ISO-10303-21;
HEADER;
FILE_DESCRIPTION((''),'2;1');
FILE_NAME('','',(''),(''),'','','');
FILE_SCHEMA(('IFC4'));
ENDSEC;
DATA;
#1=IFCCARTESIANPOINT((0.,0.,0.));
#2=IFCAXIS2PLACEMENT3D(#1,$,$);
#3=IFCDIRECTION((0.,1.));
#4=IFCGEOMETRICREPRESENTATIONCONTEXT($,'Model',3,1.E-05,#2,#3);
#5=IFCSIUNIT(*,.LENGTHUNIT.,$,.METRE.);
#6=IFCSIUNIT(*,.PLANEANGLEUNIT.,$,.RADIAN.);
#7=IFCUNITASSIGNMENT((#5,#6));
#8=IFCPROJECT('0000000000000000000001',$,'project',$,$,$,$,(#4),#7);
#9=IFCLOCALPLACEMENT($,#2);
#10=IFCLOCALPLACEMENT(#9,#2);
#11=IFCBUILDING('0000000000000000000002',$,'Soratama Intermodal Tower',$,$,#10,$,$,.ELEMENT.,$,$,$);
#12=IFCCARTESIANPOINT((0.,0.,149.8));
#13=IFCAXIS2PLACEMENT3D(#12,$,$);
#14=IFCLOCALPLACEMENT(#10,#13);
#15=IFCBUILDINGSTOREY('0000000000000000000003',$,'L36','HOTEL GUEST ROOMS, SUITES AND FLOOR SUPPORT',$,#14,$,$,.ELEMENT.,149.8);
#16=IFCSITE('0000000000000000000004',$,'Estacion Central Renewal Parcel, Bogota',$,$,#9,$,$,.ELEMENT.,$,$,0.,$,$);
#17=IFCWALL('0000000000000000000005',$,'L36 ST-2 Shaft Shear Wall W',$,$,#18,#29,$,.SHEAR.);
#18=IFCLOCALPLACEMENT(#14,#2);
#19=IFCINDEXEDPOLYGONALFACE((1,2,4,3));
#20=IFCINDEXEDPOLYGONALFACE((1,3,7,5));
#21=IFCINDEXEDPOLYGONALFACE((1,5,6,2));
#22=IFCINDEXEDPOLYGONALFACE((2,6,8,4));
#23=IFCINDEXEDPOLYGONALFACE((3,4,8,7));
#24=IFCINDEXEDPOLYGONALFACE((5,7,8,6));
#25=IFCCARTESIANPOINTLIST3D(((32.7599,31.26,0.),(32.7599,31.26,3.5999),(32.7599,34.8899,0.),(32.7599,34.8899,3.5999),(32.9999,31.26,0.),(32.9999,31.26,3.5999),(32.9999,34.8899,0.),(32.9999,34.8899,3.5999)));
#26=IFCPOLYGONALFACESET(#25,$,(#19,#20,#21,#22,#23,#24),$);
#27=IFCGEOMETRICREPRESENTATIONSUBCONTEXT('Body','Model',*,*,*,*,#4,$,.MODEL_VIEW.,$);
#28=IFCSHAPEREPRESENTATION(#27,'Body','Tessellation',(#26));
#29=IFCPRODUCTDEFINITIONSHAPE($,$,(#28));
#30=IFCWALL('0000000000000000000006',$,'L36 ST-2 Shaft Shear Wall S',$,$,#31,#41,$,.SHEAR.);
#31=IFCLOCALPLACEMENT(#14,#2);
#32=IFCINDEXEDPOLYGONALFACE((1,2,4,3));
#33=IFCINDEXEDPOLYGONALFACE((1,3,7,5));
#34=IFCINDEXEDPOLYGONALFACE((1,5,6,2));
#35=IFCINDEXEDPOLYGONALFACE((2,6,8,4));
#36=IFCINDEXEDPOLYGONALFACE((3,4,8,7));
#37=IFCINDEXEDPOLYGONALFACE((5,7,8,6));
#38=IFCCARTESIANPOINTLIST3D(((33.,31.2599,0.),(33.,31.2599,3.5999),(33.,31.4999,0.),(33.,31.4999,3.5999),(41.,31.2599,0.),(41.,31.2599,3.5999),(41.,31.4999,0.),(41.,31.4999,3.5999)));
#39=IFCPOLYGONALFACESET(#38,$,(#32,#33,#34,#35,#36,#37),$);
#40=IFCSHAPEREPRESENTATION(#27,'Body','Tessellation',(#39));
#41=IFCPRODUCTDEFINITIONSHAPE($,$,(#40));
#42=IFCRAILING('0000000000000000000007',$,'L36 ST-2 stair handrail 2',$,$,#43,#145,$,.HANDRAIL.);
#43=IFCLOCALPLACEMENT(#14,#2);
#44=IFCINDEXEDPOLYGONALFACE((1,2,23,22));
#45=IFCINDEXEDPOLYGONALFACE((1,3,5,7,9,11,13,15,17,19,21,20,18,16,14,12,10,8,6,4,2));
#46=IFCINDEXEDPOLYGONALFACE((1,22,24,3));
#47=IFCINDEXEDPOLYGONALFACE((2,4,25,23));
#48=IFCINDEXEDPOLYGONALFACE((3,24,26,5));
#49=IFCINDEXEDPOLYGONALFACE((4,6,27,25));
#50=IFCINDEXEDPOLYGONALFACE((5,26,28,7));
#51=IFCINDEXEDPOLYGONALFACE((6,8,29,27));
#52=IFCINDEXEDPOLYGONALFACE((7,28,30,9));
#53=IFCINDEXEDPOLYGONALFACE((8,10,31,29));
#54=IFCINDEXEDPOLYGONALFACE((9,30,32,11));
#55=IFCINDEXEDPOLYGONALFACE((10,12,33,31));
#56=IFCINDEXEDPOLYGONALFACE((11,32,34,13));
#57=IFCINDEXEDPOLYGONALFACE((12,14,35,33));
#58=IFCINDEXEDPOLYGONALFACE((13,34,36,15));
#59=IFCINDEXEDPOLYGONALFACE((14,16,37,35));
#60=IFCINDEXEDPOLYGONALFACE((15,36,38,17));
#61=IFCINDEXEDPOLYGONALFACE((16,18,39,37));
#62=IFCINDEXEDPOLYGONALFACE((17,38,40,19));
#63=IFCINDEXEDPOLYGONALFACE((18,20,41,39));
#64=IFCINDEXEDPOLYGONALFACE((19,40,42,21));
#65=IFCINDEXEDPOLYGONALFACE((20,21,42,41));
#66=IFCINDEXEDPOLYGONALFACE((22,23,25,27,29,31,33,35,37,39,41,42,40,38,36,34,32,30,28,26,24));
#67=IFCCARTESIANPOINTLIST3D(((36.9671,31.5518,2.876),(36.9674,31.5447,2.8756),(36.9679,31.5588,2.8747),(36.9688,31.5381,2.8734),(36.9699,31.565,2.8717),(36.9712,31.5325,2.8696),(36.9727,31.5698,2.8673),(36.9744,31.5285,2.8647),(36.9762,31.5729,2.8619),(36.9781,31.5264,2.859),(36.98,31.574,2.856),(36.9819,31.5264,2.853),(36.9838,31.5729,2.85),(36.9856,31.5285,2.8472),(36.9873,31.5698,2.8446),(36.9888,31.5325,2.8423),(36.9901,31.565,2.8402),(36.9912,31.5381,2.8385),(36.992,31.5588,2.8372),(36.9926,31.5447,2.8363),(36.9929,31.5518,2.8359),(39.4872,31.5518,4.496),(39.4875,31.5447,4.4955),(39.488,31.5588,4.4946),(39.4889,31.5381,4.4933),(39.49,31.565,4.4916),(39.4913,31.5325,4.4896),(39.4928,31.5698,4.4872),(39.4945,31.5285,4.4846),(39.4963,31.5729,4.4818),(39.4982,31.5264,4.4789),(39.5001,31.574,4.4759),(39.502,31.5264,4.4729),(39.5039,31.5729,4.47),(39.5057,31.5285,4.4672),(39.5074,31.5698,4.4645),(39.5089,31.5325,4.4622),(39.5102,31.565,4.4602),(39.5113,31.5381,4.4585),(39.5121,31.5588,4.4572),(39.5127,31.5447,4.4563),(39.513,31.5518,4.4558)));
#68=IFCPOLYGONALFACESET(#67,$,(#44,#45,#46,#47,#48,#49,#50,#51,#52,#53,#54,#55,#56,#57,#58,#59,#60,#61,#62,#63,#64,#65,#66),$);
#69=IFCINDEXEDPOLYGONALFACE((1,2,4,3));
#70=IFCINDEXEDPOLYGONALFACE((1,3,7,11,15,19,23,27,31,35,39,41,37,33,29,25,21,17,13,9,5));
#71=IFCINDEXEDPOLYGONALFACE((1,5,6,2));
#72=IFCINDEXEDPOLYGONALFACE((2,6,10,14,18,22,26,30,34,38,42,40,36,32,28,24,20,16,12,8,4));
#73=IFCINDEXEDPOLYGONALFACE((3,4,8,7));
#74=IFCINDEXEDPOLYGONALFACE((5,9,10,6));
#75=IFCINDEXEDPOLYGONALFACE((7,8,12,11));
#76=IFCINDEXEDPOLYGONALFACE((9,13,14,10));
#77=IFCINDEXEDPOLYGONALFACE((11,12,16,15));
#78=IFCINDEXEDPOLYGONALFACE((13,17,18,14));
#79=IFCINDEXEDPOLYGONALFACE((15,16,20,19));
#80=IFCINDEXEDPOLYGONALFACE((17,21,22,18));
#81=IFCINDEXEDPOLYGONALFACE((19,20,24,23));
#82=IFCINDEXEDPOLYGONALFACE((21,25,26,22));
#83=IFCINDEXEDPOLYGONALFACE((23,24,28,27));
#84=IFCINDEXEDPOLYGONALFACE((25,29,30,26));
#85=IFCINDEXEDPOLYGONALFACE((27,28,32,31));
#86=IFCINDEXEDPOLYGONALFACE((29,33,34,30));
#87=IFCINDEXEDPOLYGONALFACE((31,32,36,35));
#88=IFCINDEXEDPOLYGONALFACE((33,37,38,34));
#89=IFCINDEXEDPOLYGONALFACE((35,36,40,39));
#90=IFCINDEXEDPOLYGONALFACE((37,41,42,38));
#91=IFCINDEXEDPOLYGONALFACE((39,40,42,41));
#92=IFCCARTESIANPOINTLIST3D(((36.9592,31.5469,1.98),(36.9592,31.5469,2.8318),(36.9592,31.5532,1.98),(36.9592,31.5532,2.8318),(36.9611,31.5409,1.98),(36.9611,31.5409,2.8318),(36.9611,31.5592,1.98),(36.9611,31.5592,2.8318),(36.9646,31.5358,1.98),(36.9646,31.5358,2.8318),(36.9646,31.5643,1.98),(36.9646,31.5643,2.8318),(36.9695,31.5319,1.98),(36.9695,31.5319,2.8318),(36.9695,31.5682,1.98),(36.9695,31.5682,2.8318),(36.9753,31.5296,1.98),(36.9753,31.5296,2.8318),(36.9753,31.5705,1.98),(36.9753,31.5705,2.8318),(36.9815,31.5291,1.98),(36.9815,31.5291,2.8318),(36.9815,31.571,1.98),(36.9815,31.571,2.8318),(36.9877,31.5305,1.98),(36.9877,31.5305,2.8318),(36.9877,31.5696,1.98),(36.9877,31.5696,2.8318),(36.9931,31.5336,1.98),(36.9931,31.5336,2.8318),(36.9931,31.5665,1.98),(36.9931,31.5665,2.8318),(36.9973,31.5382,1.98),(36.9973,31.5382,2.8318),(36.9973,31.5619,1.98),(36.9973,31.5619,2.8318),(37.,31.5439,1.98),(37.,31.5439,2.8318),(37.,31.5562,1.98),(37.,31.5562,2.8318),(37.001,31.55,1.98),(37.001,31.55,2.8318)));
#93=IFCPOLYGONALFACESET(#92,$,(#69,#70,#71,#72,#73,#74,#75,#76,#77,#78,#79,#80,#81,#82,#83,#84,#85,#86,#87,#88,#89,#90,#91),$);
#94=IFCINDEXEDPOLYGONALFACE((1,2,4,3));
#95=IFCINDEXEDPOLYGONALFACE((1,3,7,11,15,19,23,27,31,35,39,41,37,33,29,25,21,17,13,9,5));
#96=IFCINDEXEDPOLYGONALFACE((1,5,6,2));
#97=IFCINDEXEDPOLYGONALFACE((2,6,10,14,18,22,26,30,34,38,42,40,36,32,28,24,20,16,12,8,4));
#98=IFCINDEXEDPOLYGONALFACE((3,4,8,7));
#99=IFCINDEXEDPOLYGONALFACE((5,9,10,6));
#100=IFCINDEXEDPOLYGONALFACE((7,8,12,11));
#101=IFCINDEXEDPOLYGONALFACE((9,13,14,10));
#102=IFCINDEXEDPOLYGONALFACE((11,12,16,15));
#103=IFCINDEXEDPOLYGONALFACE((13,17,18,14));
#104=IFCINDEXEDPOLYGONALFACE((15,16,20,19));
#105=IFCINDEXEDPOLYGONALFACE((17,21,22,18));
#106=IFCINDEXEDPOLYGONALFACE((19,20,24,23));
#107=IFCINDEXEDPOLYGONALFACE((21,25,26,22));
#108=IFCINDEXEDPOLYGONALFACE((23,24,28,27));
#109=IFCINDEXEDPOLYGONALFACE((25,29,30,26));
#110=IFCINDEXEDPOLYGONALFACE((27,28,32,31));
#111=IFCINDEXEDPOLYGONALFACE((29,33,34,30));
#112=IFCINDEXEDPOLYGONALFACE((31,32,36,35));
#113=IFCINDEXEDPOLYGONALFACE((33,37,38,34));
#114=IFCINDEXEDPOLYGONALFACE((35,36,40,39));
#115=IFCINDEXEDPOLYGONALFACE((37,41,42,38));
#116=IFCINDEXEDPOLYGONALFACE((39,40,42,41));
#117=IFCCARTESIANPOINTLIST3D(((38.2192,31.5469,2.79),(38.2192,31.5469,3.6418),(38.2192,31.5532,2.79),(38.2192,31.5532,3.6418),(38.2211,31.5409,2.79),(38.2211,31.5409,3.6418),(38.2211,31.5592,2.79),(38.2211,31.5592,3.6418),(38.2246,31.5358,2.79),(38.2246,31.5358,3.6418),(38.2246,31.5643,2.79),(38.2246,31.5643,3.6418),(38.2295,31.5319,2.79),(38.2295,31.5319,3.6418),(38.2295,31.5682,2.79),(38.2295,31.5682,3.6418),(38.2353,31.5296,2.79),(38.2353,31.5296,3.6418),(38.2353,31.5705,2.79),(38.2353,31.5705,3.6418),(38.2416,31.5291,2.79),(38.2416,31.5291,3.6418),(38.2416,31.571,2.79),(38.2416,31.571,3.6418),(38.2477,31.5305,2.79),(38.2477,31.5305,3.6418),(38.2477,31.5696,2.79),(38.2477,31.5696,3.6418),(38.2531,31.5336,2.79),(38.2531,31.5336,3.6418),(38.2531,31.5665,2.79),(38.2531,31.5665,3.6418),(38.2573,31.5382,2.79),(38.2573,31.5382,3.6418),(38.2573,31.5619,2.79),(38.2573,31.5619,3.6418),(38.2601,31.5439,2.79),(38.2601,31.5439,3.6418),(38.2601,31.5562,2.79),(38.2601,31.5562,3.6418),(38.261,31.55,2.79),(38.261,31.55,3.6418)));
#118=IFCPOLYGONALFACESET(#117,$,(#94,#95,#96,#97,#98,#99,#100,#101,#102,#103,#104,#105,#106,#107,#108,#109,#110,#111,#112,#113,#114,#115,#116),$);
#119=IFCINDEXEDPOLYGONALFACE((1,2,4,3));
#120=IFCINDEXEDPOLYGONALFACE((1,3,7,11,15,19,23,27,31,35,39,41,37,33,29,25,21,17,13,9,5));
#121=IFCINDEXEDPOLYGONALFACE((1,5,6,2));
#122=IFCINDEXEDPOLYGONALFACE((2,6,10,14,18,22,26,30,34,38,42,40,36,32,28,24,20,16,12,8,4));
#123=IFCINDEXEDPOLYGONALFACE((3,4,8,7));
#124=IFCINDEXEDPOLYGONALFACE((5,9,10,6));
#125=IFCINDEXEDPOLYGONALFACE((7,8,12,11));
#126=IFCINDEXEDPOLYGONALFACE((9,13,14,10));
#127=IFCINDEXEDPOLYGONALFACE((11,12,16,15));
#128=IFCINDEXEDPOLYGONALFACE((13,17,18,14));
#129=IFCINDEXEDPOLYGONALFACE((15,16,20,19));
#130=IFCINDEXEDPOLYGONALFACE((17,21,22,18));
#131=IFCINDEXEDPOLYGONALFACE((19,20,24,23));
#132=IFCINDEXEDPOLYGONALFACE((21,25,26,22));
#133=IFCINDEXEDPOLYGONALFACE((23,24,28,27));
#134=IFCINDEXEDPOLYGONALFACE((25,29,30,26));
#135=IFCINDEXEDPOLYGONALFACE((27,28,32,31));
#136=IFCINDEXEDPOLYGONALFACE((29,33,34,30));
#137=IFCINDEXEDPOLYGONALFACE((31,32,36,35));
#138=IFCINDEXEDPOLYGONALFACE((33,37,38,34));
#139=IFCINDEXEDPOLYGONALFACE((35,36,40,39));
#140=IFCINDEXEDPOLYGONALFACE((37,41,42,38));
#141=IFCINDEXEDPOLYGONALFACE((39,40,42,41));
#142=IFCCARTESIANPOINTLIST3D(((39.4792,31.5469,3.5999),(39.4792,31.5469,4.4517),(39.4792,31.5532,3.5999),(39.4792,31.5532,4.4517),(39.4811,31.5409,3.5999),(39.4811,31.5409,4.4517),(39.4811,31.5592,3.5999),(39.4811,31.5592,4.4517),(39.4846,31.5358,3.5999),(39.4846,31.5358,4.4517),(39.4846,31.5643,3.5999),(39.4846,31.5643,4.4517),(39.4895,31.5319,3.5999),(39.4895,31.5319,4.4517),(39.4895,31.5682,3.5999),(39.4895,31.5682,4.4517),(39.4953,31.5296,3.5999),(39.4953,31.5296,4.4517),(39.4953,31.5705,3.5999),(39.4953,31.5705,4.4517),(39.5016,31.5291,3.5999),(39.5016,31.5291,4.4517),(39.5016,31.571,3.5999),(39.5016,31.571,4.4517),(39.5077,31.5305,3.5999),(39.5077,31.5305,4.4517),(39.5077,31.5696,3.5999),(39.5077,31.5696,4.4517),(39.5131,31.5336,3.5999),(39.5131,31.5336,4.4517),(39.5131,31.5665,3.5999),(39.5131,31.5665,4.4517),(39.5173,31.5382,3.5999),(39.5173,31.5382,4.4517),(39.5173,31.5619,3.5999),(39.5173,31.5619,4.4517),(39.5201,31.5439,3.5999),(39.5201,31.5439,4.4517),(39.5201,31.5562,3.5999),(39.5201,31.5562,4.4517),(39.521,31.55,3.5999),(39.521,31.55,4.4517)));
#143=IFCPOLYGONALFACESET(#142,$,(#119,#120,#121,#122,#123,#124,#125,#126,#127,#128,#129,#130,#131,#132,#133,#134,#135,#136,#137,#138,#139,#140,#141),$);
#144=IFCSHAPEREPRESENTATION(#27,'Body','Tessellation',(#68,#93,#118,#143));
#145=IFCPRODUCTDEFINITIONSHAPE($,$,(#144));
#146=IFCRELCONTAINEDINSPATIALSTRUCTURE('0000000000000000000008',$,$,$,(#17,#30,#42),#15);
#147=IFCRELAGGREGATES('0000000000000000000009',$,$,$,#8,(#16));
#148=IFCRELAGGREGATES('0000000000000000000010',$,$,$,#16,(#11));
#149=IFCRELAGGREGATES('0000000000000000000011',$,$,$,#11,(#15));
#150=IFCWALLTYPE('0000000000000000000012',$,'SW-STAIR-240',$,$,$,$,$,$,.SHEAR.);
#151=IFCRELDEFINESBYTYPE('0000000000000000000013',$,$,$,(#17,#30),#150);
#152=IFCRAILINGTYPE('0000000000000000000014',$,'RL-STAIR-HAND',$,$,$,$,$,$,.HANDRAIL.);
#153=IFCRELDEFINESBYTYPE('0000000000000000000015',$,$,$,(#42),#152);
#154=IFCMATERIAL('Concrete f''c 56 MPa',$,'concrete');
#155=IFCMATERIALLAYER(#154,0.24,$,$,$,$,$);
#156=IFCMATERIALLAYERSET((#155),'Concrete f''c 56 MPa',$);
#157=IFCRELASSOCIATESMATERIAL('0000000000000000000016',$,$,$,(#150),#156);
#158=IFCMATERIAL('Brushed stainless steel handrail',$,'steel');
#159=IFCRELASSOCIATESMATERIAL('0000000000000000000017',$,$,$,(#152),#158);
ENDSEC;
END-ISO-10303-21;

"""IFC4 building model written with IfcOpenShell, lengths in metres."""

from ifc_helpers import new_model, si_unit, direction, frame, frame_2d, origin, origin_2d, place, context, subcontext, project, spatial, rectangle, circle, extrude, material, layer, layer_set, type_object, element, save


model = new_model("IFC4")

# Units and contexts
model_context = context("Model", 3, precision=1e-05, world=origin(), true_north=direction((0.0, 1.0)))
body_context = subcontext(model_context, "Body", "Model", "MODEL_VIEW")
ifc_project = project(units=[si_unit("LENGTHUNIT", "METRE"), si_unit("PLANEANGLEUNIT", "RADIAN")], contexts=[model_context])

# Site, building, storey
site_placement = place(None, origin())
site = spatial("IfcSite", under=ifc_project, at=site_placement, Name="Estacion Central Renewal Parcel, Bogota", CompositionType="ELEMENT", RefElevation=0.0)
building_placement = place(site_placement, origin())
building = spatial("IfcBuilding", under=site, at=building_placement, Name="Soratama Intermodal Tower", CompositionType="ELEMENT")
storey_placement = place(building_placement, frame((0.0, 0.0, 149.8)))
storey = spatial("IfcBuildingStorey", under=building, at=storey_placement, Name="L36", Description="HOTEL GUEST ROOMS, SUITES AND FLOOR SUPPORT", CompositionType="ELEMENT", Elevation=149.8)

# Walls
ifc_material_1 = material(Name="Concrete f'c 56 MPa", Category="concrete")
ifc_layer_1 = layer(ifc_material_1, 0.24)
ifc_layer_set_1 = layer_set([ifc_layer_1], Name="Concrete f'c 56 MPa")
wall_type_1 = type_object("IfcWallType", Name="SW-STAIR-240", PredefinedType="SHEAR", material=ifc_layer_set_1)
wall_1_placement = place(storey_placement, frame((32.8799, 31.26, 0.0), z_axis=(0.0, 0.0, 1.0), x_axis=(0.0, 1.0, 0.0)))
element("IfcWall", 1, at=wall_1_placement, inside=storey, type_object=wall_type_1, Name="L36 ST-2 Shaft Shear Wall W", PredefinedType="SHEAR", context=body_context, shape_type="SweptSolid", body=[
    extrude(rectangle(XDim=3.6299, YDim=0.24, at=frame_2d((1.8149, 0.0))), origin(), (0.0, 0.0, 1.0), 3.5999),
])
wall_2_placement = place(storey_placement, frame((33.0, 31.3799, 0.0), z_axis=(0.0, 0.0, 1.0), x_axis=(1.0, 0.0, 0.0)))
element("IfcWall", 2, at=wall_2_placement, inside=storey, type_object=wall_type_1, Name="L36 ST-2 Shaft Shear Wall S", PredefinedType="SHEAR", context=body_context, shape_type="SweptSolid", body=[
    extrude(rectangle(XDim=8.0, YDim=0.24, at=frame_2d((4.0, 0.0))), origin(), (0.0, 0.0, 1.0), 3.5999),
])

# Railing
ifc_material_2 = material(Name="Brushed stainless steel handrail", Category="steel")
railing_type = type_object("IfcRailingType", Name="RL-STAIR-HAND", PredefinedType="HANDRAIL", material=ifc_material_2)
railing_placement = place(storey_placement, frame((36.98, 31.55, 1.98)))
element("IfcRailing", 3, at=railing_placement, inside=storey, type_object=railing_type, Name="L36 ST-2 stair handrail 2", PredefinedType="HANDRAIL", context=body_context, shape_type="SweptSolid", body=[
    extrude(circle(Radius=0.0239, at=origin_2d()), frame((0.0, 0.0, 0.876), z_axis=(0.8412, 0.0, 0.540725), x_axis=(0.0, 1.0, 0.0)), (0.0, 0.0, 1.0), 2.9958),
    extrude(circle(Radius=0.021, at=origin_2d()), origin(), (0.0, 0.0, 1.0), 0.8518),
    extrude(circle(Radius=0.021, at=origin_2d()), frame((1.26, 0.0, 0.8101)), (0.0, 0.0, 1.0), 0.8518),
    extrude(circle(Radius=0.021, at=origin_2d()), frame((2.52, 0.0, 1.6199)), (0.0, 0.0, 1.0), 0.8518),
])

save(model, "model.ifc")
